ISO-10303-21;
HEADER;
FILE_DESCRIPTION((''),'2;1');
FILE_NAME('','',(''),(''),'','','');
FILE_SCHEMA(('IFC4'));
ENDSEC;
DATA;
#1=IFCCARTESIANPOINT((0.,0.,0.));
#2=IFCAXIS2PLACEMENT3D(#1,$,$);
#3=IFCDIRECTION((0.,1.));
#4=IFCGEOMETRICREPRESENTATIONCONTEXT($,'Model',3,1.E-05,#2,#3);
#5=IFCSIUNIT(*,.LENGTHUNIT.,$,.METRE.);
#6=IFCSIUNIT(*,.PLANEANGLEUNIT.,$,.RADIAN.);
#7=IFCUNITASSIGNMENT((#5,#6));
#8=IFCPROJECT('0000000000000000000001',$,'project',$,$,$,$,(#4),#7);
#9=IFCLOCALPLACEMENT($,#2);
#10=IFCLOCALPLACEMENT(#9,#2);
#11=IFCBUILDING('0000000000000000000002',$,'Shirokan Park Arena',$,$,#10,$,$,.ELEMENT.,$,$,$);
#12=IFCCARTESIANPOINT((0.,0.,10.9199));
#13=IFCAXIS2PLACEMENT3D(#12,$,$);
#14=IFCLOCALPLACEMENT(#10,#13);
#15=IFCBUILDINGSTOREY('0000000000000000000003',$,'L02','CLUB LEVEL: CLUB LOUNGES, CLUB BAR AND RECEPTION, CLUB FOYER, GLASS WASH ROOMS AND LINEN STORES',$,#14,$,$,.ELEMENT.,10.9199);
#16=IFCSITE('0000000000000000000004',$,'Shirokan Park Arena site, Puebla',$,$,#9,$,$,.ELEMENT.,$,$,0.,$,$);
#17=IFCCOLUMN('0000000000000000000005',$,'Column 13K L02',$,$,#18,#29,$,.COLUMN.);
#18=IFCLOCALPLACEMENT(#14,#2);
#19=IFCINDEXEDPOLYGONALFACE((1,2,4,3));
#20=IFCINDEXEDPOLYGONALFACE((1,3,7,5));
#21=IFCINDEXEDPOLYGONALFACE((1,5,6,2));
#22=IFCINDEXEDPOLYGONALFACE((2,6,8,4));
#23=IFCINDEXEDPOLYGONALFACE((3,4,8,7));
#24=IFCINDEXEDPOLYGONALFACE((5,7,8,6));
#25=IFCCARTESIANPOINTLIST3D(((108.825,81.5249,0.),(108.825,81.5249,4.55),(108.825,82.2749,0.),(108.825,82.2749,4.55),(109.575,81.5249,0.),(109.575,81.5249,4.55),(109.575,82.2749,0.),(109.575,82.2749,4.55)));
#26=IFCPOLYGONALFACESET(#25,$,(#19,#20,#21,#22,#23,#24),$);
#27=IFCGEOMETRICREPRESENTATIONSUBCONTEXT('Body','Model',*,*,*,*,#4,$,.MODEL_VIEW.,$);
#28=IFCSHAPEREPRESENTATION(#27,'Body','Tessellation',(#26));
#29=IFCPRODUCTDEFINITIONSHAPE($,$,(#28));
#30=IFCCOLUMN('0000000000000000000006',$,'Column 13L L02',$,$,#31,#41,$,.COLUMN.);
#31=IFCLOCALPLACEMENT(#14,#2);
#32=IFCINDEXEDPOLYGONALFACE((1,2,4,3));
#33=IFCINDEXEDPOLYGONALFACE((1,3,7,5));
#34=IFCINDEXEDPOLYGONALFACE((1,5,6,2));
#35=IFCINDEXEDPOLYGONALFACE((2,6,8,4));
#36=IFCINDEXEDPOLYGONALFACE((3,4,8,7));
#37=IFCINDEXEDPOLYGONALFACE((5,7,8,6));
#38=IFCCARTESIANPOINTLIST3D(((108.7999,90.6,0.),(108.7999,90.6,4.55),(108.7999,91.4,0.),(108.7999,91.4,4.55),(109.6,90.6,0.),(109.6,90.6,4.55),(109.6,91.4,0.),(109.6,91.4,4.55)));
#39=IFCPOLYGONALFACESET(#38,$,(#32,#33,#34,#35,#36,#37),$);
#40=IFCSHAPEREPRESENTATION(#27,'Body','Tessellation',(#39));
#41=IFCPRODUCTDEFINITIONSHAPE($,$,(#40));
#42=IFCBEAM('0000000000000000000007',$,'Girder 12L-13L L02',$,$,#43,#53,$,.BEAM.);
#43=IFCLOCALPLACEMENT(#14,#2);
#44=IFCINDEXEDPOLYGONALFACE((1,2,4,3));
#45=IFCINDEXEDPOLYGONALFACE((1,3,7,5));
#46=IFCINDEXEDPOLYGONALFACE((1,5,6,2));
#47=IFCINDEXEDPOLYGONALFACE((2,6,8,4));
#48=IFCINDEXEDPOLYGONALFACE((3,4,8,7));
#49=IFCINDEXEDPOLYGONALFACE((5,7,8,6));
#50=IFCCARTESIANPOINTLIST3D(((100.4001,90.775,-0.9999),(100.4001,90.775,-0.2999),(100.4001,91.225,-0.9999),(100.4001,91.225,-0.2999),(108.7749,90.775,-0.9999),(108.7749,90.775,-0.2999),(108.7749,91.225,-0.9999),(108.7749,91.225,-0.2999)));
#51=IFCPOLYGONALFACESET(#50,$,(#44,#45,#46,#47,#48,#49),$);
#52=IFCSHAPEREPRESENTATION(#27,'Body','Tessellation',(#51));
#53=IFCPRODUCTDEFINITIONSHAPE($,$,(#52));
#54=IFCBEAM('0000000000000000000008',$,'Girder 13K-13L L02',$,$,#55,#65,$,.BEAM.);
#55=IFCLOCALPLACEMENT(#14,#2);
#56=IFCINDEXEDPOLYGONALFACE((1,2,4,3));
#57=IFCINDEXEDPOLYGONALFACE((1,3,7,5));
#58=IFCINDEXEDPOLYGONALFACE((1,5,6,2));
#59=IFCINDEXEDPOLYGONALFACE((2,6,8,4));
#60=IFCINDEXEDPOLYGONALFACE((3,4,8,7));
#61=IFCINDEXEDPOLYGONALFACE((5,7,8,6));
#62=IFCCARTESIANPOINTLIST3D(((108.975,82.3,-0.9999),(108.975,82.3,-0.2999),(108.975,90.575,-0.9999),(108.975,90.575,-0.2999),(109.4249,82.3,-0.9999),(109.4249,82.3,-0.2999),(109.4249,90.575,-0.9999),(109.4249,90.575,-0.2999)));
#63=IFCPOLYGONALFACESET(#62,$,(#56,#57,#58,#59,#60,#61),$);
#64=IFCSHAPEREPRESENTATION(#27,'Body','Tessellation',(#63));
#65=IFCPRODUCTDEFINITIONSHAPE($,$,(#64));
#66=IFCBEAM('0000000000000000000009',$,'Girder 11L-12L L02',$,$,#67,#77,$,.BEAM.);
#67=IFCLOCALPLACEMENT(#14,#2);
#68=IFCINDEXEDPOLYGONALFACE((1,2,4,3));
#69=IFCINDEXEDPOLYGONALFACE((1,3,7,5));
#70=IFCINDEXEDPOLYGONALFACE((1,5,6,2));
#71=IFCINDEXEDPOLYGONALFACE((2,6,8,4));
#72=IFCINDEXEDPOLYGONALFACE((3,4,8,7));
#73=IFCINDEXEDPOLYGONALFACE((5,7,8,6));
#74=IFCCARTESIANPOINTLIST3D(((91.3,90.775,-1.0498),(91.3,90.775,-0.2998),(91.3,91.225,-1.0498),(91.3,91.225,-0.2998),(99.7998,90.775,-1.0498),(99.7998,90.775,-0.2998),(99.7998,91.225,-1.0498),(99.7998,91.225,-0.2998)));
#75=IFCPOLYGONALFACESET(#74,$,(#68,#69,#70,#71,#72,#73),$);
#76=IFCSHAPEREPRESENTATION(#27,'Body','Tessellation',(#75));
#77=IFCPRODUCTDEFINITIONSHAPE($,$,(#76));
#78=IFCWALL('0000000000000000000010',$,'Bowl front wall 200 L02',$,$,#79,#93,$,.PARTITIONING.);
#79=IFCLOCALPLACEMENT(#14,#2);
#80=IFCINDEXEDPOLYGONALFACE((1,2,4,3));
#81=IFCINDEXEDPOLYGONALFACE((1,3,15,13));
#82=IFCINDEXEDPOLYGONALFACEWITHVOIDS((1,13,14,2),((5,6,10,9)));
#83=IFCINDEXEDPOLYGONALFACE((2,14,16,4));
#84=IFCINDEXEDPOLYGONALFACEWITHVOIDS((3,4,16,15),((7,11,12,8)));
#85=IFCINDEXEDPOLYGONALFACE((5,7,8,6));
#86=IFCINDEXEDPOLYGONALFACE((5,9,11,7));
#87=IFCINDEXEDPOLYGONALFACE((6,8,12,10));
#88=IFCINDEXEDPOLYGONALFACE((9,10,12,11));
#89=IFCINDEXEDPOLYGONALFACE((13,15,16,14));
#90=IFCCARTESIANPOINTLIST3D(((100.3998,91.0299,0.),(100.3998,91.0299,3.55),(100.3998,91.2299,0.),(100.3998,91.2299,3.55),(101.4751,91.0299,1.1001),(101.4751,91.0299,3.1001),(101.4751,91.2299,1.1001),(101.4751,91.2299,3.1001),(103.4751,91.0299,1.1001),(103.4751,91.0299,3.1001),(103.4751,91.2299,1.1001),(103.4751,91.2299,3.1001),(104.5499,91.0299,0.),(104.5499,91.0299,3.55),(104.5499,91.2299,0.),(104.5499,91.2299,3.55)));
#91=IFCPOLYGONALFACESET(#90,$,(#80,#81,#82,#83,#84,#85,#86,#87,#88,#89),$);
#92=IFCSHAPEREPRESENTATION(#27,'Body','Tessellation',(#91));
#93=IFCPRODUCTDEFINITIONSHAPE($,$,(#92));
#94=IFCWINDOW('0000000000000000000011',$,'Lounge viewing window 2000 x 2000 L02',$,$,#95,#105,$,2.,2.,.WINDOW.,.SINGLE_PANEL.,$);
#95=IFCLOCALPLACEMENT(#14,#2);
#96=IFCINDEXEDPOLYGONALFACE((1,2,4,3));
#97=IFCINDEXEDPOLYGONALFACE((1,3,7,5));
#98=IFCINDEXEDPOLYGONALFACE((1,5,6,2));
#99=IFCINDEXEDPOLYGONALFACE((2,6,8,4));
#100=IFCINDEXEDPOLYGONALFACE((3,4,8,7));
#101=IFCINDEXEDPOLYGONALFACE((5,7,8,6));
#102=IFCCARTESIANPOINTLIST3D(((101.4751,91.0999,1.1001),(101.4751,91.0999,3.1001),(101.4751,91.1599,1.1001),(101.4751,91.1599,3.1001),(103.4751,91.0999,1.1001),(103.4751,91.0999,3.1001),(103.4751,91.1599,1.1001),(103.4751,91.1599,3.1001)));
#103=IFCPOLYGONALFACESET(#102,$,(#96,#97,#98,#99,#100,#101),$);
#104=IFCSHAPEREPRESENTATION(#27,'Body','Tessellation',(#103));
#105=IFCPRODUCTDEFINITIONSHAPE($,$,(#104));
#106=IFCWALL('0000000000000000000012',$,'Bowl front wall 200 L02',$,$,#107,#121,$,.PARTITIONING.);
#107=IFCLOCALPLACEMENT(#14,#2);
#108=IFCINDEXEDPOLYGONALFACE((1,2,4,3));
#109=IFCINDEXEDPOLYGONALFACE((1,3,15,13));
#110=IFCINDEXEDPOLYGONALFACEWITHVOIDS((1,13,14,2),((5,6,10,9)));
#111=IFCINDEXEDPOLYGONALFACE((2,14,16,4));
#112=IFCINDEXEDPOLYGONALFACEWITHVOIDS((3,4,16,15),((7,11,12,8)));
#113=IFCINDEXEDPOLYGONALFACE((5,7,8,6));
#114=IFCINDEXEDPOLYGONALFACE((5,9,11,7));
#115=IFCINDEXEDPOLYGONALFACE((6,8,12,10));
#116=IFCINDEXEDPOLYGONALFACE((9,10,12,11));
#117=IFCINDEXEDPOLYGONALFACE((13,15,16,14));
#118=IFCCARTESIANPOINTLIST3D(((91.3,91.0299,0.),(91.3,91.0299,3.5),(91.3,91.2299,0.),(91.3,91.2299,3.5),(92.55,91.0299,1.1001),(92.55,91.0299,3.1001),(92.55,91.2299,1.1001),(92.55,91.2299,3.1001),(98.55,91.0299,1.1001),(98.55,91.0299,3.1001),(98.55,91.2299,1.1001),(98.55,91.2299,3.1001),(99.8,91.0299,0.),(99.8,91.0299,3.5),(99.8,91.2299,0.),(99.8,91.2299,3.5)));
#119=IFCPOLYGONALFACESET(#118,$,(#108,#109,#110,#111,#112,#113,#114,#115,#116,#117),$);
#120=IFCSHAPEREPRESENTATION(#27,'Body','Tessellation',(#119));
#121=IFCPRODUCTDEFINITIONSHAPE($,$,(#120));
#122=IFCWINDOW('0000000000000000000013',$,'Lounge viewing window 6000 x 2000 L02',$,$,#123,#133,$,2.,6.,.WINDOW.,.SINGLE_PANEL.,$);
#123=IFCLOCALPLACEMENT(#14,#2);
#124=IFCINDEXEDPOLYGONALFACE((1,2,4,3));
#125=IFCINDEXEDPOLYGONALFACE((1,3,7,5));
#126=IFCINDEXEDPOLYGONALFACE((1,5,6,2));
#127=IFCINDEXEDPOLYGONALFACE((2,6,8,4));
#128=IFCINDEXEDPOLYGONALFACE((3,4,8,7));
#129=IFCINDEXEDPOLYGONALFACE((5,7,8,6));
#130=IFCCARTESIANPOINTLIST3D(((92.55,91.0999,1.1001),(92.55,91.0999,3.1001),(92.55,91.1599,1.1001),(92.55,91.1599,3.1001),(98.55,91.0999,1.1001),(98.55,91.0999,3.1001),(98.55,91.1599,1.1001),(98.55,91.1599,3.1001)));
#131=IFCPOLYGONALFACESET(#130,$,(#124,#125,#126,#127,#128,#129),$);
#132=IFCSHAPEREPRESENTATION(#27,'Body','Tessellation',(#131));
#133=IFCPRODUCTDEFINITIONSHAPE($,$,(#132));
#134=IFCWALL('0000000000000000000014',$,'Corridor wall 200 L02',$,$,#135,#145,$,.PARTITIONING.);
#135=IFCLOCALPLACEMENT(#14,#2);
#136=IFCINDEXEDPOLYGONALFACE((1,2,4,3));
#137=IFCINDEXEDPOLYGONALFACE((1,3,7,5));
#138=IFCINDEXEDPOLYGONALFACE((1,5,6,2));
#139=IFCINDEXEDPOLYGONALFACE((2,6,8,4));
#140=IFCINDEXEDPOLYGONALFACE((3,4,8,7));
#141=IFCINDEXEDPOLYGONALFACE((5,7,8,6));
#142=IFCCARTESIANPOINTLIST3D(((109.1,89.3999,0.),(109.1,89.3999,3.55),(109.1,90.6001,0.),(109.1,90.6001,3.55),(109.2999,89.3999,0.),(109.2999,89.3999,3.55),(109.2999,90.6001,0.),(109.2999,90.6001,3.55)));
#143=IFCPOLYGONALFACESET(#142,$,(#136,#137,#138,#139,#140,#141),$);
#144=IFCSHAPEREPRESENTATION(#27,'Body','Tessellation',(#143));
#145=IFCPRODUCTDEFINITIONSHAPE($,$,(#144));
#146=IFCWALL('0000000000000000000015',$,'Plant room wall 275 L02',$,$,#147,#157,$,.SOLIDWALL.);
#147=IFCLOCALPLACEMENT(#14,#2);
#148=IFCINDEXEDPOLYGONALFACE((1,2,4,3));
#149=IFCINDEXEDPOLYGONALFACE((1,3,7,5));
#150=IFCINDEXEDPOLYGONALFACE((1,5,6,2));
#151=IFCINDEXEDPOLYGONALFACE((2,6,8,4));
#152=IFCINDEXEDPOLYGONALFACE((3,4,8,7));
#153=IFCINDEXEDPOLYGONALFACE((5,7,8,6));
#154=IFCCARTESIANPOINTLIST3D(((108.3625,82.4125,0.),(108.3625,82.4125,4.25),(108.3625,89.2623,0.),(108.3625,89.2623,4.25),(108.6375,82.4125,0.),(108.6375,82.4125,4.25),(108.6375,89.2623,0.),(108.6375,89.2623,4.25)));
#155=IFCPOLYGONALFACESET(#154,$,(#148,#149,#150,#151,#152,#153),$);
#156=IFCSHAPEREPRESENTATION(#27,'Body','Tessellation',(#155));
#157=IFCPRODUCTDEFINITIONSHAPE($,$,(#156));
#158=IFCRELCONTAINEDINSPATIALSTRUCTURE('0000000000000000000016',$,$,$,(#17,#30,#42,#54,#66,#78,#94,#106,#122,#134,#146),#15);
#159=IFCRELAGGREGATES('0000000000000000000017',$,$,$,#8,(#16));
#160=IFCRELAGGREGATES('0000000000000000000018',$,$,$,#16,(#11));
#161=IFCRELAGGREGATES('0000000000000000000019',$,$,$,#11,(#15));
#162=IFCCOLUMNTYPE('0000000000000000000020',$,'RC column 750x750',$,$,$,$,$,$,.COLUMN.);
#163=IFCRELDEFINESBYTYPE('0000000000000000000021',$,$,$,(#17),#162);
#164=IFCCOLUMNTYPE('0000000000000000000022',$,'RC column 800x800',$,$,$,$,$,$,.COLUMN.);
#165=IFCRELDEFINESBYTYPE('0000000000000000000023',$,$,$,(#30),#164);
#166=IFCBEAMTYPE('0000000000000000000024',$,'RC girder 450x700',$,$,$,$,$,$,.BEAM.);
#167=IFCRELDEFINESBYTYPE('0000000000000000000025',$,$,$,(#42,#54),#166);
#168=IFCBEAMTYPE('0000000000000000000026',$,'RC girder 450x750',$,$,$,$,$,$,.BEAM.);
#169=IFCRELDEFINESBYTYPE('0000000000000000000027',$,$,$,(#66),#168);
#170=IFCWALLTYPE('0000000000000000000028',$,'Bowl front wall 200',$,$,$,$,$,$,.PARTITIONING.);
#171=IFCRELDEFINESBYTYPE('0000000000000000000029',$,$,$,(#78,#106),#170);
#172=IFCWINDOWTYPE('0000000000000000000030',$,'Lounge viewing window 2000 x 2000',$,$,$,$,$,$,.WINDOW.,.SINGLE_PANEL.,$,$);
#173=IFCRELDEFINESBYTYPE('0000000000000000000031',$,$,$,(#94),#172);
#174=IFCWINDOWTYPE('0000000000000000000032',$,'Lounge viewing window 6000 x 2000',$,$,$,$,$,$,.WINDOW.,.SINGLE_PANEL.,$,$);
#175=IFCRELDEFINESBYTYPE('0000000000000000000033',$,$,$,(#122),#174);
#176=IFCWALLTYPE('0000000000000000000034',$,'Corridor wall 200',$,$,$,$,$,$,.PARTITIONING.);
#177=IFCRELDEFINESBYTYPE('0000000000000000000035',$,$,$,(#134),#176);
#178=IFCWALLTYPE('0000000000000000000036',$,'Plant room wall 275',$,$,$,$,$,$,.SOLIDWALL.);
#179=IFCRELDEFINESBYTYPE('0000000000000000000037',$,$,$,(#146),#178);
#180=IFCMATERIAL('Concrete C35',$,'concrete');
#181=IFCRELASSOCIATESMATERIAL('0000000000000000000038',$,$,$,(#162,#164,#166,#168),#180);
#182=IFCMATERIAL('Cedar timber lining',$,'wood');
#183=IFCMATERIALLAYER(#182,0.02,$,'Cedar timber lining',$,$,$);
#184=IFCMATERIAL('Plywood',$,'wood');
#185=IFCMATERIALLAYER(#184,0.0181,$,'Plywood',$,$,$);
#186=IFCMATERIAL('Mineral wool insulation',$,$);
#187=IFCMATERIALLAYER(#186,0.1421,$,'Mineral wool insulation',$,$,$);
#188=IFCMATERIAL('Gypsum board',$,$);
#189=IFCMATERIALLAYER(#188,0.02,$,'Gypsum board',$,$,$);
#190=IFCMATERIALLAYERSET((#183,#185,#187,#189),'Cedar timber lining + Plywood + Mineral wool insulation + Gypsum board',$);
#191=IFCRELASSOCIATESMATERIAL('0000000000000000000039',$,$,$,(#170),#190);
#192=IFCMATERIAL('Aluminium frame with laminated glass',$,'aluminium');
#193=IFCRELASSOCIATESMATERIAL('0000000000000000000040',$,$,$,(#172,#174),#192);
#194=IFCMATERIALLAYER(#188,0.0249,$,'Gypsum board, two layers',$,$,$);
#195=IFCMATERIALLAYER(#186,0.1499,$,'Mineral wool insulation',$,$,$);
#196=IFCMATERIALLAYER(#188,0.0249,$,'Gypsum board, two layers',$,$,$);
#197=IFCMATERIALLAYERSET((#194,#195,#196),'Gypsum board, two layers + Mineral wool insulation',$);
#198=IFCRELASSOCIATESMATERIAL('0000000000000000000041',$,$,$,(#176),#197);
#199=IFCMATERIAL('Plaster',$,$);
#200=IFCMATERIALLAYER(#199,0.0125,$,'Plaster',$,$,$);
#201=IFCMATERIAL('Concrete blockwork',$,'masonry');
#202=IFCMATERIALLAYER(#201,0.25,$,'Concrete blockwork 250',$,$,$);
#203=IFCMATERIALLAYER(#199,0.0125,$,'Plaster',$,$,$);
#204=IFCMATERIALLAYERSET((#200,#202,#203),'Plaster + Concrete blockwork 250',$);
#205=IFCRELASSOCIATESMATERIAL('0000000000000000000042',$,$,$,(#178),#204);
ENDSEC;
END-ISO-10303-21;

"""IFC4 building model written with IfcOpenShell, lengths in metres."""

from ifc_helpers import new_model, si_unit, direction, frame, frame_2d, origin, origin_2d, place, context, subcontext, project, spatial, rectangle, extrude, material, layer, layer_set, material_profile, profile_set, type_object, element, fill, save


model = new_model("IFC4")

# Units and contexts
model_context = context("Model", 3, precision=1e-05, world=origin(), true_north=direction((0.0, 1.0)))
body_context = subcontext(model_context, "Body", "Model", "MODEL_VIEW")
ifc_project = project(units=[si_unit("LENGTHUNIT", "METRE"), si_unit("PLANEANGLEUNIT", "RADIAN")], contexts=[model_context])

# Site, building, storey
site_placement = place(None, origin())
site = spatial("IfcSite", under=ifc_project, at=site_placement, Name="Shirokan Park Arena site, Puebla", CompositionType="ELEMENT", RefElevation=0.0)
building_placement = place(site_placement, origin())
building = spatial("IfcBuilding", under=site, at=building_placement, Name="Shirokan Park Arena", CompositionType="ELEMENT")
storey_placement = place(building_placement, frame((0.0, 0.0, 10.9199)))
storey = spatial("IfcBuildingStorey", under=building, at=storey_placement, Name="L02", Description="CLUB LEVEL: CLUB LOUNGES, CLUB BAR AND RECEPTION, CLUB FOYER, GLASS WASH ROOMS AND LINEN STORES", CompositionType="ELEMENT", Elevation=10.9199)

# Columns
ifc_material_1 = material(Name="Concrete C35", Category="concrete")
ifc_material_profile_1 = material_profile(ifc_material_1, rectangle(XDim=0.75, YDim=0.75, at=origin_2d()), Name="750x750")
ifc_profile_set_1 = profile_set([ifc_material_profile_1], Name="Concrete C35")
column_type_1 = type_object("IfcColumnType", Name="RC column 750x750", PredefinedType="COLUMN", material=ifc_profile_set_1)
column_1_placement = place(storey_placement, frame((109.2, 81.8999, 0.0), z_axis=(0.0, 0.0, 1.0), x_axis=(1.0, 0.0, 0.0)))
element("IfcColumn", 1, at=column_1_placement, inside=storey, type_object=column_type_1, Name="Column 13K L02", PredefinedType="COLUMN", context=body_context, shape_type="SweptSolid", body=[
    extrude(rectangle(XDim=0.75, YDim=0.75, at=origin_2d()), origin(), (0.0, 0.0, 1.0), 4.55),
])
ifc_material_profile_2 = material_profile(ifc_material_1, rectangle(XDim=0.8, YDim=0.8, at=origin_2d()), Name="800x800")
ifc_profile_set_2 = profile_set([ifc_material_profile_2], Name="Concrete C35")
column_type_2 = type_object("IfcColumnType", Name="RC column 800x800", PredefinedType="COLUMN", material=ifc_profile_set_2)
column_2_placement = place(storey_placement, frame((109.2, 91.0, 0.0), z_axis=(0.0, 0.0, 1.0), x_axis=(1.0, 0.0, 0.0)))
element("IfcColumn", 2, at=column_2_placement, inside=storey, type_object=column_type_2, Name="Column 13L L02", PredefinedType="COLUMN", context=body_context, shape_type="SweptSolid", body=[
    extrude(rectangle(XDim=0.8, YDim=0.8, at=origin_2d()), origin(), (0.0, 0.0, 1.0), 4.55),
])

# Beams
ifc_material_profile_3 = material_profile(ifc_material_1, rectangle(XDim=0.45, YDim=0.7, at=origin_2d()), Name="450x700")
ifc_profile_set_3 = profile_set([ifc_material_profile_3], Name="Concrete C35")
beam_type_1 = type_object("IfcBeamType", Name="RC girder 450x700", PredefinedType="BEAM", material=ifc_profile_set_3)
beam_1_placement = place(storey_placement, frame((100.4001, 91.0, -0.6499), z_axis=(1.0, 0.0, 0.0), x_axis=(0.0, 1.0, 0.0)))
element("IfcBeam", 3, at=beam_1_placement, inside=storey, type_object=beam_type_1, Name="Girder 12L-13L L02", PredefinedType="BEAM", context=body_context, shape_type="SweptSolid", body=[
    extrude(rectangle(XDim=0.45, YDim=0.7, at=origin_2d()), origin(), (0.0, 0.0, 1.0), 8.3748),
])
beam_2_placement = place(storey_placement, frame((109.2, 82.3, -0.6499), z_axis=(0.0, 1.0, 0.0), x_axis=(-1.0, 0.0, 0.0)))
element("IfcBeam", 4, at=beam_2_placement, inside=storey, type_object=beam_type_1, Name="Girder 13K-13L L02", PredefinedType="BEAM", context=body_context, shape_type="SweptSolid", body=[
    extrude(rectangle(XDim=0.45, YDim=0.7, at=origin_2d()), origin(), (0.0, 0.0, 1.0), 8.2749),
])
ifc_material_profile_4 = material_profile(ifc_material_1, rectangle(XDim=0.45, YDim=0.75, at=origin_2d()), Name="450x750")
ifc_profile_set_4 = profile_set([ifc_material_profile_4], Name="Concrete C35")
beam_type_2 = type_object("IfcBeamType", Name="RC girder 450x750", PredefinedType="BEAM", material=ifc_profile_set_4)
beam_3_placement = place(storey_placement, frame((91.3, 91.0, -0.6748), z_axis=(1.0, 0.0, 0.0), x_axis=(0.0, 1.0, 0.0)))
element("IfcBeam", 5, at=beam_3_placement, inside=storey, type_object=beam_type_2, Name="Girder 11L-12L L02", PredefinedType="BEAM", context=body_context, shape_type="SweptSolid", body=[
    extrude(rectangle(XDim=0.45, YDim=0.75, at=origin_2d()), origin(), (0.0, 0.0, 1.0), 8.4998),
])

# Walls, openings, windows
ifc_material_2 = material(Name="Cedar timber lining", Category="wood")
ifc_layer_1 = layer(ifc_material_2, 0.02, Name="Cedar timber lining")
ifc_material_3 = material(Name="Plywood", Category="wood")
ifc_layer_2 = layer(ifc_material_3, 0.0181, Name="Plywood")
ifc_material_4 = material(Name="Mineral wool insulation")
ifc_layer_3 = layer(ifc_material_4, 0.1421, Name="Mineral wool insulation")
ifc_material_5 = material(Name="Gypsum board")
ifc_layer_4 = layer(ifc_material_5, 0.02, Name="Gypsum board")
ifc_layer_set_1 = layer_set([ifc_layer_1, ifc_layer_2, ifc_layer_3, ifc_layer_4], Name="Cedar timber lining + Plywood + Mineral wool insulation + Gypsum board")
wall_type_1 = type_object("IfcWallType", Name="Bowl front wall 200", PredefinedType="PARTITIONING", material=ifc_layer_set_1)
wall_1_placement = place(storey_placement, frame((104.55, 91.1299, 0.0), z_axis=(0.0, 0.0, 1.0), x_axis=(-1.0, 0.0, 0.0)))
wall_1 = element("IfcWall", 6, at=wall_1_placement, inside=storey, type_object=wall_type_1, Name="Bowl front wall 200 L02", PredefinedType="PARTITIONING", context=body_context, shape_type="SweptSolid", body=[
    extrude(rectangle(XDim=4.1501, YDim=0.2, at=frame_2d((2.0752, 0.0))), origin(), (0.0, 0.0, 1.0), 3.55),
])
opening_1_placement = place(wall_1_placement, frame((1.075, 0.0, 1.1001)))
opening_1 = element("IfcOpeningElement", 7, at=opening_1_placement, cuts=wall_1, PredefinedType="OPENING", context=body_context, shape_type="SweptSolid", body=[
    extrude(rectangle(XDim=2.0, YDim=2.0, at=frame_2d((1.0, 1.0))), frame((0.0, 0.1099, 0.0), z_axis=(0.0, -1.0, 0.0), x_axis=(1.0, 0.0, 0.0)), (0.0, 0.0, 1.0), 0.22),
])
ifc_material_6 = material(Name="Aluminium frame with laminated glass", Category="aluminium")
window_type_1 = type_object("IfcWindowType", Name="Lounge viewing window 2000 x 2000", PartitioningType="SINGLE_PANEL", PredefinedType="WINDOW", material=ifc_material_6)
window_1_placement = place(opening_1_placement, origin())
window_1 = element("IfcWindow", 8, at=window_1_placement, inside=storey, type_object=window_type_1, Name="Lounge viewing window 2000 x 2000 L02", OverallHeight=2.0, OverallWidth=2.0, PartitioningType="SINGLE_PANEL", PredefinedType="WINDOW", context=body_context, shape_type="SweptSolid", body=[
    extrude(rectangle(XDim=2.0, YDim=2.0, at=frame_2d((1.0, 1.0))), frame((0.0, 0.03, 0.0), z_axis=(0.0, -1.0, 0.0), x_axis=(1.0, 0.0, 0.0)), (0.0, 0.0, 1.0), 0.0601),
])
fill(opening_1, window_1)
wall_2_placement = place(storey_placement, frame((99.8, 91.1299, 0.0), z_axis=(0.0, 0.0, 1.0), x_axis=(-1.0, 0.0, 0.0)))
wall_2 = element("IfcWall", 9, at=wall_2_placement, inside=storey, type_object=wall_type_1, Name="Bowl front wall 200 L02", PredefinedType="PARTITIONING", context=body_context, shape_type="SweptSolid", body=[
    extrude(rectangle(XDim=8.5, YDim=0.2, at=frame_2d((4.25, 0.0))), origin(), (0.0, 0.0, 1.0), 3.5),
])
opening_2_placement = place(wall_2_placement, frame((1.25, 0.0, 1.1001)))
opening_2 = element("IfcOpeningElement", 10, at=opening_2_placement, cuts=wall_2, PredefinedType="OPENING", context=body_context, shape_type="SweptSolid", body=[
    extrude(rectangle(XDim=6.0, YDim=2.0, at=frame_2d((3.0, 1.0))), frame((0.0, 0.1099, 0.0), z_axis=(0.0, -1.0, 0.0), x_axis=(1.0, 0.0, 0.0)), (0.0, 0.0, 1.0), 0.22),
])
window_type_2 = type_object("IfcWindowType", Name="Lounge viewing window 6000 x 2000", PartitioningType="SINGLE_PANEL", PredefinedType="WINDOW", material=ifc_material_6)
window_2_placement = place(opening_2_placement, origin())
window_2 = element("IfcWindow", 11, at=window_2_placement, inside=storey, type_object=window_type_2, Name="Lounge viewing window 6000 x 2000 L02", OverallHeight=2.0, OverallWidth=6.0, PartitioningType="SINGLE_PANEL", PredefinedType="WINDOW", context=body_context, shape_type="SweptSolid", body=[
    extrude(rectangle(XDim=6.0, YDim=2.0, at=frame_2d((3.0, 1.0))), frame((0.0, 0.03, 0.0), z_axis=(0.0, -1.0, 0.0), x_axis=(1.0, 0.0, 0.0)), (0.0, 0.0, 1.0), 0.0601),
])
fill(opening_2, window_2)

# Shared definitions
ifc_layer_5 = layer(ifc_material_5, 0.0249, Name="Gypsum board, two layers")
ifc_layer_6 = layer(ifc_material_4, 0.1499, Name="Mineral wool insulation")
ifc_layer_7 = layer(ifc_material_5, 0.0249, Name="Gypsum board, two layers")
ifc_layer_set_2 = layer_set([ifc_layer_5, ifc_layer_6, ifc_layer_7], Name="Gypsum board, two layers + Mineral wool insulation")
wall_type_2 = type_object("IfcWallType", Name="Corridor wall 200", PredefinedType="PARTITIONING", material=ifc_layer_set_2)

# Walls
wall_3_placement = place(storey_placement, frame((109.2, 89.3999, 0.0), z_axis=(0.0, 0.0, 1.0), x_axis=(0.0, 1.0, 0.0)))
element("IfcWall", 12, at=wall_3_placement, inside=storey, type_object=wall_type_2, Name="Corridor wall 200 L02", PredefinedType="PARTITIONING", context=body_context, shape_type="SweptSolid", body=[
    extrude(rectangle(XDim=1.2002, YDim=0.2, at=frame_2d((0.6001, 0.0))), origin(), (0.0, 0.0, 1.0), 3.55),
])
ifc_material_7 = material(Name="Plaster")
ifc_layer_8 = layer(ifc_material_7, 0.0125, Name="Plaster")
ifc_material_8 = material(Name="Concrete blockwork", Category="masonry")
ifc_layer_9 = layer(ifc_material_8, 0.25, Name="Concrete blockwork 250")
ifc_layer_10 = layer(ifc_material_7, 0.0125, Name="Plaster")
ifc_layer_set_3 = layer_set([ifc_layer_8, ifc_layer_9, ifc_layer_10], Name="Plaster + Concrete blockwork 250")
wall_type_3 = type_object("IfcWallType", Name="Plant room wall 275", PredefinedType="SOLIDWALL", material=ifc_layer_set_3)
wall_4_placement = place(storey_placement, frame((108.5, 82.4126, 0.0), z_axis=(0.0, 0.0, 1.0), x_axis=(0.0, 1.0, 0.0)))
element("IfcWall", 13, at=wall_4_placement, inside=storey, type_object=wall_type_3, Name="Plant room wall 275 L02", PredefinedType="SOLIDWALL", context=body_context, shape_type="SweptSolid", body=[
    extrude(rectangle(XDim=6.8499, YDim=0.2749, at=frame_2d((3.4248, 0.0))), origin(), (0.0, 0.0, 1.0), 4.25),
])

save(model, "model.ifc")
